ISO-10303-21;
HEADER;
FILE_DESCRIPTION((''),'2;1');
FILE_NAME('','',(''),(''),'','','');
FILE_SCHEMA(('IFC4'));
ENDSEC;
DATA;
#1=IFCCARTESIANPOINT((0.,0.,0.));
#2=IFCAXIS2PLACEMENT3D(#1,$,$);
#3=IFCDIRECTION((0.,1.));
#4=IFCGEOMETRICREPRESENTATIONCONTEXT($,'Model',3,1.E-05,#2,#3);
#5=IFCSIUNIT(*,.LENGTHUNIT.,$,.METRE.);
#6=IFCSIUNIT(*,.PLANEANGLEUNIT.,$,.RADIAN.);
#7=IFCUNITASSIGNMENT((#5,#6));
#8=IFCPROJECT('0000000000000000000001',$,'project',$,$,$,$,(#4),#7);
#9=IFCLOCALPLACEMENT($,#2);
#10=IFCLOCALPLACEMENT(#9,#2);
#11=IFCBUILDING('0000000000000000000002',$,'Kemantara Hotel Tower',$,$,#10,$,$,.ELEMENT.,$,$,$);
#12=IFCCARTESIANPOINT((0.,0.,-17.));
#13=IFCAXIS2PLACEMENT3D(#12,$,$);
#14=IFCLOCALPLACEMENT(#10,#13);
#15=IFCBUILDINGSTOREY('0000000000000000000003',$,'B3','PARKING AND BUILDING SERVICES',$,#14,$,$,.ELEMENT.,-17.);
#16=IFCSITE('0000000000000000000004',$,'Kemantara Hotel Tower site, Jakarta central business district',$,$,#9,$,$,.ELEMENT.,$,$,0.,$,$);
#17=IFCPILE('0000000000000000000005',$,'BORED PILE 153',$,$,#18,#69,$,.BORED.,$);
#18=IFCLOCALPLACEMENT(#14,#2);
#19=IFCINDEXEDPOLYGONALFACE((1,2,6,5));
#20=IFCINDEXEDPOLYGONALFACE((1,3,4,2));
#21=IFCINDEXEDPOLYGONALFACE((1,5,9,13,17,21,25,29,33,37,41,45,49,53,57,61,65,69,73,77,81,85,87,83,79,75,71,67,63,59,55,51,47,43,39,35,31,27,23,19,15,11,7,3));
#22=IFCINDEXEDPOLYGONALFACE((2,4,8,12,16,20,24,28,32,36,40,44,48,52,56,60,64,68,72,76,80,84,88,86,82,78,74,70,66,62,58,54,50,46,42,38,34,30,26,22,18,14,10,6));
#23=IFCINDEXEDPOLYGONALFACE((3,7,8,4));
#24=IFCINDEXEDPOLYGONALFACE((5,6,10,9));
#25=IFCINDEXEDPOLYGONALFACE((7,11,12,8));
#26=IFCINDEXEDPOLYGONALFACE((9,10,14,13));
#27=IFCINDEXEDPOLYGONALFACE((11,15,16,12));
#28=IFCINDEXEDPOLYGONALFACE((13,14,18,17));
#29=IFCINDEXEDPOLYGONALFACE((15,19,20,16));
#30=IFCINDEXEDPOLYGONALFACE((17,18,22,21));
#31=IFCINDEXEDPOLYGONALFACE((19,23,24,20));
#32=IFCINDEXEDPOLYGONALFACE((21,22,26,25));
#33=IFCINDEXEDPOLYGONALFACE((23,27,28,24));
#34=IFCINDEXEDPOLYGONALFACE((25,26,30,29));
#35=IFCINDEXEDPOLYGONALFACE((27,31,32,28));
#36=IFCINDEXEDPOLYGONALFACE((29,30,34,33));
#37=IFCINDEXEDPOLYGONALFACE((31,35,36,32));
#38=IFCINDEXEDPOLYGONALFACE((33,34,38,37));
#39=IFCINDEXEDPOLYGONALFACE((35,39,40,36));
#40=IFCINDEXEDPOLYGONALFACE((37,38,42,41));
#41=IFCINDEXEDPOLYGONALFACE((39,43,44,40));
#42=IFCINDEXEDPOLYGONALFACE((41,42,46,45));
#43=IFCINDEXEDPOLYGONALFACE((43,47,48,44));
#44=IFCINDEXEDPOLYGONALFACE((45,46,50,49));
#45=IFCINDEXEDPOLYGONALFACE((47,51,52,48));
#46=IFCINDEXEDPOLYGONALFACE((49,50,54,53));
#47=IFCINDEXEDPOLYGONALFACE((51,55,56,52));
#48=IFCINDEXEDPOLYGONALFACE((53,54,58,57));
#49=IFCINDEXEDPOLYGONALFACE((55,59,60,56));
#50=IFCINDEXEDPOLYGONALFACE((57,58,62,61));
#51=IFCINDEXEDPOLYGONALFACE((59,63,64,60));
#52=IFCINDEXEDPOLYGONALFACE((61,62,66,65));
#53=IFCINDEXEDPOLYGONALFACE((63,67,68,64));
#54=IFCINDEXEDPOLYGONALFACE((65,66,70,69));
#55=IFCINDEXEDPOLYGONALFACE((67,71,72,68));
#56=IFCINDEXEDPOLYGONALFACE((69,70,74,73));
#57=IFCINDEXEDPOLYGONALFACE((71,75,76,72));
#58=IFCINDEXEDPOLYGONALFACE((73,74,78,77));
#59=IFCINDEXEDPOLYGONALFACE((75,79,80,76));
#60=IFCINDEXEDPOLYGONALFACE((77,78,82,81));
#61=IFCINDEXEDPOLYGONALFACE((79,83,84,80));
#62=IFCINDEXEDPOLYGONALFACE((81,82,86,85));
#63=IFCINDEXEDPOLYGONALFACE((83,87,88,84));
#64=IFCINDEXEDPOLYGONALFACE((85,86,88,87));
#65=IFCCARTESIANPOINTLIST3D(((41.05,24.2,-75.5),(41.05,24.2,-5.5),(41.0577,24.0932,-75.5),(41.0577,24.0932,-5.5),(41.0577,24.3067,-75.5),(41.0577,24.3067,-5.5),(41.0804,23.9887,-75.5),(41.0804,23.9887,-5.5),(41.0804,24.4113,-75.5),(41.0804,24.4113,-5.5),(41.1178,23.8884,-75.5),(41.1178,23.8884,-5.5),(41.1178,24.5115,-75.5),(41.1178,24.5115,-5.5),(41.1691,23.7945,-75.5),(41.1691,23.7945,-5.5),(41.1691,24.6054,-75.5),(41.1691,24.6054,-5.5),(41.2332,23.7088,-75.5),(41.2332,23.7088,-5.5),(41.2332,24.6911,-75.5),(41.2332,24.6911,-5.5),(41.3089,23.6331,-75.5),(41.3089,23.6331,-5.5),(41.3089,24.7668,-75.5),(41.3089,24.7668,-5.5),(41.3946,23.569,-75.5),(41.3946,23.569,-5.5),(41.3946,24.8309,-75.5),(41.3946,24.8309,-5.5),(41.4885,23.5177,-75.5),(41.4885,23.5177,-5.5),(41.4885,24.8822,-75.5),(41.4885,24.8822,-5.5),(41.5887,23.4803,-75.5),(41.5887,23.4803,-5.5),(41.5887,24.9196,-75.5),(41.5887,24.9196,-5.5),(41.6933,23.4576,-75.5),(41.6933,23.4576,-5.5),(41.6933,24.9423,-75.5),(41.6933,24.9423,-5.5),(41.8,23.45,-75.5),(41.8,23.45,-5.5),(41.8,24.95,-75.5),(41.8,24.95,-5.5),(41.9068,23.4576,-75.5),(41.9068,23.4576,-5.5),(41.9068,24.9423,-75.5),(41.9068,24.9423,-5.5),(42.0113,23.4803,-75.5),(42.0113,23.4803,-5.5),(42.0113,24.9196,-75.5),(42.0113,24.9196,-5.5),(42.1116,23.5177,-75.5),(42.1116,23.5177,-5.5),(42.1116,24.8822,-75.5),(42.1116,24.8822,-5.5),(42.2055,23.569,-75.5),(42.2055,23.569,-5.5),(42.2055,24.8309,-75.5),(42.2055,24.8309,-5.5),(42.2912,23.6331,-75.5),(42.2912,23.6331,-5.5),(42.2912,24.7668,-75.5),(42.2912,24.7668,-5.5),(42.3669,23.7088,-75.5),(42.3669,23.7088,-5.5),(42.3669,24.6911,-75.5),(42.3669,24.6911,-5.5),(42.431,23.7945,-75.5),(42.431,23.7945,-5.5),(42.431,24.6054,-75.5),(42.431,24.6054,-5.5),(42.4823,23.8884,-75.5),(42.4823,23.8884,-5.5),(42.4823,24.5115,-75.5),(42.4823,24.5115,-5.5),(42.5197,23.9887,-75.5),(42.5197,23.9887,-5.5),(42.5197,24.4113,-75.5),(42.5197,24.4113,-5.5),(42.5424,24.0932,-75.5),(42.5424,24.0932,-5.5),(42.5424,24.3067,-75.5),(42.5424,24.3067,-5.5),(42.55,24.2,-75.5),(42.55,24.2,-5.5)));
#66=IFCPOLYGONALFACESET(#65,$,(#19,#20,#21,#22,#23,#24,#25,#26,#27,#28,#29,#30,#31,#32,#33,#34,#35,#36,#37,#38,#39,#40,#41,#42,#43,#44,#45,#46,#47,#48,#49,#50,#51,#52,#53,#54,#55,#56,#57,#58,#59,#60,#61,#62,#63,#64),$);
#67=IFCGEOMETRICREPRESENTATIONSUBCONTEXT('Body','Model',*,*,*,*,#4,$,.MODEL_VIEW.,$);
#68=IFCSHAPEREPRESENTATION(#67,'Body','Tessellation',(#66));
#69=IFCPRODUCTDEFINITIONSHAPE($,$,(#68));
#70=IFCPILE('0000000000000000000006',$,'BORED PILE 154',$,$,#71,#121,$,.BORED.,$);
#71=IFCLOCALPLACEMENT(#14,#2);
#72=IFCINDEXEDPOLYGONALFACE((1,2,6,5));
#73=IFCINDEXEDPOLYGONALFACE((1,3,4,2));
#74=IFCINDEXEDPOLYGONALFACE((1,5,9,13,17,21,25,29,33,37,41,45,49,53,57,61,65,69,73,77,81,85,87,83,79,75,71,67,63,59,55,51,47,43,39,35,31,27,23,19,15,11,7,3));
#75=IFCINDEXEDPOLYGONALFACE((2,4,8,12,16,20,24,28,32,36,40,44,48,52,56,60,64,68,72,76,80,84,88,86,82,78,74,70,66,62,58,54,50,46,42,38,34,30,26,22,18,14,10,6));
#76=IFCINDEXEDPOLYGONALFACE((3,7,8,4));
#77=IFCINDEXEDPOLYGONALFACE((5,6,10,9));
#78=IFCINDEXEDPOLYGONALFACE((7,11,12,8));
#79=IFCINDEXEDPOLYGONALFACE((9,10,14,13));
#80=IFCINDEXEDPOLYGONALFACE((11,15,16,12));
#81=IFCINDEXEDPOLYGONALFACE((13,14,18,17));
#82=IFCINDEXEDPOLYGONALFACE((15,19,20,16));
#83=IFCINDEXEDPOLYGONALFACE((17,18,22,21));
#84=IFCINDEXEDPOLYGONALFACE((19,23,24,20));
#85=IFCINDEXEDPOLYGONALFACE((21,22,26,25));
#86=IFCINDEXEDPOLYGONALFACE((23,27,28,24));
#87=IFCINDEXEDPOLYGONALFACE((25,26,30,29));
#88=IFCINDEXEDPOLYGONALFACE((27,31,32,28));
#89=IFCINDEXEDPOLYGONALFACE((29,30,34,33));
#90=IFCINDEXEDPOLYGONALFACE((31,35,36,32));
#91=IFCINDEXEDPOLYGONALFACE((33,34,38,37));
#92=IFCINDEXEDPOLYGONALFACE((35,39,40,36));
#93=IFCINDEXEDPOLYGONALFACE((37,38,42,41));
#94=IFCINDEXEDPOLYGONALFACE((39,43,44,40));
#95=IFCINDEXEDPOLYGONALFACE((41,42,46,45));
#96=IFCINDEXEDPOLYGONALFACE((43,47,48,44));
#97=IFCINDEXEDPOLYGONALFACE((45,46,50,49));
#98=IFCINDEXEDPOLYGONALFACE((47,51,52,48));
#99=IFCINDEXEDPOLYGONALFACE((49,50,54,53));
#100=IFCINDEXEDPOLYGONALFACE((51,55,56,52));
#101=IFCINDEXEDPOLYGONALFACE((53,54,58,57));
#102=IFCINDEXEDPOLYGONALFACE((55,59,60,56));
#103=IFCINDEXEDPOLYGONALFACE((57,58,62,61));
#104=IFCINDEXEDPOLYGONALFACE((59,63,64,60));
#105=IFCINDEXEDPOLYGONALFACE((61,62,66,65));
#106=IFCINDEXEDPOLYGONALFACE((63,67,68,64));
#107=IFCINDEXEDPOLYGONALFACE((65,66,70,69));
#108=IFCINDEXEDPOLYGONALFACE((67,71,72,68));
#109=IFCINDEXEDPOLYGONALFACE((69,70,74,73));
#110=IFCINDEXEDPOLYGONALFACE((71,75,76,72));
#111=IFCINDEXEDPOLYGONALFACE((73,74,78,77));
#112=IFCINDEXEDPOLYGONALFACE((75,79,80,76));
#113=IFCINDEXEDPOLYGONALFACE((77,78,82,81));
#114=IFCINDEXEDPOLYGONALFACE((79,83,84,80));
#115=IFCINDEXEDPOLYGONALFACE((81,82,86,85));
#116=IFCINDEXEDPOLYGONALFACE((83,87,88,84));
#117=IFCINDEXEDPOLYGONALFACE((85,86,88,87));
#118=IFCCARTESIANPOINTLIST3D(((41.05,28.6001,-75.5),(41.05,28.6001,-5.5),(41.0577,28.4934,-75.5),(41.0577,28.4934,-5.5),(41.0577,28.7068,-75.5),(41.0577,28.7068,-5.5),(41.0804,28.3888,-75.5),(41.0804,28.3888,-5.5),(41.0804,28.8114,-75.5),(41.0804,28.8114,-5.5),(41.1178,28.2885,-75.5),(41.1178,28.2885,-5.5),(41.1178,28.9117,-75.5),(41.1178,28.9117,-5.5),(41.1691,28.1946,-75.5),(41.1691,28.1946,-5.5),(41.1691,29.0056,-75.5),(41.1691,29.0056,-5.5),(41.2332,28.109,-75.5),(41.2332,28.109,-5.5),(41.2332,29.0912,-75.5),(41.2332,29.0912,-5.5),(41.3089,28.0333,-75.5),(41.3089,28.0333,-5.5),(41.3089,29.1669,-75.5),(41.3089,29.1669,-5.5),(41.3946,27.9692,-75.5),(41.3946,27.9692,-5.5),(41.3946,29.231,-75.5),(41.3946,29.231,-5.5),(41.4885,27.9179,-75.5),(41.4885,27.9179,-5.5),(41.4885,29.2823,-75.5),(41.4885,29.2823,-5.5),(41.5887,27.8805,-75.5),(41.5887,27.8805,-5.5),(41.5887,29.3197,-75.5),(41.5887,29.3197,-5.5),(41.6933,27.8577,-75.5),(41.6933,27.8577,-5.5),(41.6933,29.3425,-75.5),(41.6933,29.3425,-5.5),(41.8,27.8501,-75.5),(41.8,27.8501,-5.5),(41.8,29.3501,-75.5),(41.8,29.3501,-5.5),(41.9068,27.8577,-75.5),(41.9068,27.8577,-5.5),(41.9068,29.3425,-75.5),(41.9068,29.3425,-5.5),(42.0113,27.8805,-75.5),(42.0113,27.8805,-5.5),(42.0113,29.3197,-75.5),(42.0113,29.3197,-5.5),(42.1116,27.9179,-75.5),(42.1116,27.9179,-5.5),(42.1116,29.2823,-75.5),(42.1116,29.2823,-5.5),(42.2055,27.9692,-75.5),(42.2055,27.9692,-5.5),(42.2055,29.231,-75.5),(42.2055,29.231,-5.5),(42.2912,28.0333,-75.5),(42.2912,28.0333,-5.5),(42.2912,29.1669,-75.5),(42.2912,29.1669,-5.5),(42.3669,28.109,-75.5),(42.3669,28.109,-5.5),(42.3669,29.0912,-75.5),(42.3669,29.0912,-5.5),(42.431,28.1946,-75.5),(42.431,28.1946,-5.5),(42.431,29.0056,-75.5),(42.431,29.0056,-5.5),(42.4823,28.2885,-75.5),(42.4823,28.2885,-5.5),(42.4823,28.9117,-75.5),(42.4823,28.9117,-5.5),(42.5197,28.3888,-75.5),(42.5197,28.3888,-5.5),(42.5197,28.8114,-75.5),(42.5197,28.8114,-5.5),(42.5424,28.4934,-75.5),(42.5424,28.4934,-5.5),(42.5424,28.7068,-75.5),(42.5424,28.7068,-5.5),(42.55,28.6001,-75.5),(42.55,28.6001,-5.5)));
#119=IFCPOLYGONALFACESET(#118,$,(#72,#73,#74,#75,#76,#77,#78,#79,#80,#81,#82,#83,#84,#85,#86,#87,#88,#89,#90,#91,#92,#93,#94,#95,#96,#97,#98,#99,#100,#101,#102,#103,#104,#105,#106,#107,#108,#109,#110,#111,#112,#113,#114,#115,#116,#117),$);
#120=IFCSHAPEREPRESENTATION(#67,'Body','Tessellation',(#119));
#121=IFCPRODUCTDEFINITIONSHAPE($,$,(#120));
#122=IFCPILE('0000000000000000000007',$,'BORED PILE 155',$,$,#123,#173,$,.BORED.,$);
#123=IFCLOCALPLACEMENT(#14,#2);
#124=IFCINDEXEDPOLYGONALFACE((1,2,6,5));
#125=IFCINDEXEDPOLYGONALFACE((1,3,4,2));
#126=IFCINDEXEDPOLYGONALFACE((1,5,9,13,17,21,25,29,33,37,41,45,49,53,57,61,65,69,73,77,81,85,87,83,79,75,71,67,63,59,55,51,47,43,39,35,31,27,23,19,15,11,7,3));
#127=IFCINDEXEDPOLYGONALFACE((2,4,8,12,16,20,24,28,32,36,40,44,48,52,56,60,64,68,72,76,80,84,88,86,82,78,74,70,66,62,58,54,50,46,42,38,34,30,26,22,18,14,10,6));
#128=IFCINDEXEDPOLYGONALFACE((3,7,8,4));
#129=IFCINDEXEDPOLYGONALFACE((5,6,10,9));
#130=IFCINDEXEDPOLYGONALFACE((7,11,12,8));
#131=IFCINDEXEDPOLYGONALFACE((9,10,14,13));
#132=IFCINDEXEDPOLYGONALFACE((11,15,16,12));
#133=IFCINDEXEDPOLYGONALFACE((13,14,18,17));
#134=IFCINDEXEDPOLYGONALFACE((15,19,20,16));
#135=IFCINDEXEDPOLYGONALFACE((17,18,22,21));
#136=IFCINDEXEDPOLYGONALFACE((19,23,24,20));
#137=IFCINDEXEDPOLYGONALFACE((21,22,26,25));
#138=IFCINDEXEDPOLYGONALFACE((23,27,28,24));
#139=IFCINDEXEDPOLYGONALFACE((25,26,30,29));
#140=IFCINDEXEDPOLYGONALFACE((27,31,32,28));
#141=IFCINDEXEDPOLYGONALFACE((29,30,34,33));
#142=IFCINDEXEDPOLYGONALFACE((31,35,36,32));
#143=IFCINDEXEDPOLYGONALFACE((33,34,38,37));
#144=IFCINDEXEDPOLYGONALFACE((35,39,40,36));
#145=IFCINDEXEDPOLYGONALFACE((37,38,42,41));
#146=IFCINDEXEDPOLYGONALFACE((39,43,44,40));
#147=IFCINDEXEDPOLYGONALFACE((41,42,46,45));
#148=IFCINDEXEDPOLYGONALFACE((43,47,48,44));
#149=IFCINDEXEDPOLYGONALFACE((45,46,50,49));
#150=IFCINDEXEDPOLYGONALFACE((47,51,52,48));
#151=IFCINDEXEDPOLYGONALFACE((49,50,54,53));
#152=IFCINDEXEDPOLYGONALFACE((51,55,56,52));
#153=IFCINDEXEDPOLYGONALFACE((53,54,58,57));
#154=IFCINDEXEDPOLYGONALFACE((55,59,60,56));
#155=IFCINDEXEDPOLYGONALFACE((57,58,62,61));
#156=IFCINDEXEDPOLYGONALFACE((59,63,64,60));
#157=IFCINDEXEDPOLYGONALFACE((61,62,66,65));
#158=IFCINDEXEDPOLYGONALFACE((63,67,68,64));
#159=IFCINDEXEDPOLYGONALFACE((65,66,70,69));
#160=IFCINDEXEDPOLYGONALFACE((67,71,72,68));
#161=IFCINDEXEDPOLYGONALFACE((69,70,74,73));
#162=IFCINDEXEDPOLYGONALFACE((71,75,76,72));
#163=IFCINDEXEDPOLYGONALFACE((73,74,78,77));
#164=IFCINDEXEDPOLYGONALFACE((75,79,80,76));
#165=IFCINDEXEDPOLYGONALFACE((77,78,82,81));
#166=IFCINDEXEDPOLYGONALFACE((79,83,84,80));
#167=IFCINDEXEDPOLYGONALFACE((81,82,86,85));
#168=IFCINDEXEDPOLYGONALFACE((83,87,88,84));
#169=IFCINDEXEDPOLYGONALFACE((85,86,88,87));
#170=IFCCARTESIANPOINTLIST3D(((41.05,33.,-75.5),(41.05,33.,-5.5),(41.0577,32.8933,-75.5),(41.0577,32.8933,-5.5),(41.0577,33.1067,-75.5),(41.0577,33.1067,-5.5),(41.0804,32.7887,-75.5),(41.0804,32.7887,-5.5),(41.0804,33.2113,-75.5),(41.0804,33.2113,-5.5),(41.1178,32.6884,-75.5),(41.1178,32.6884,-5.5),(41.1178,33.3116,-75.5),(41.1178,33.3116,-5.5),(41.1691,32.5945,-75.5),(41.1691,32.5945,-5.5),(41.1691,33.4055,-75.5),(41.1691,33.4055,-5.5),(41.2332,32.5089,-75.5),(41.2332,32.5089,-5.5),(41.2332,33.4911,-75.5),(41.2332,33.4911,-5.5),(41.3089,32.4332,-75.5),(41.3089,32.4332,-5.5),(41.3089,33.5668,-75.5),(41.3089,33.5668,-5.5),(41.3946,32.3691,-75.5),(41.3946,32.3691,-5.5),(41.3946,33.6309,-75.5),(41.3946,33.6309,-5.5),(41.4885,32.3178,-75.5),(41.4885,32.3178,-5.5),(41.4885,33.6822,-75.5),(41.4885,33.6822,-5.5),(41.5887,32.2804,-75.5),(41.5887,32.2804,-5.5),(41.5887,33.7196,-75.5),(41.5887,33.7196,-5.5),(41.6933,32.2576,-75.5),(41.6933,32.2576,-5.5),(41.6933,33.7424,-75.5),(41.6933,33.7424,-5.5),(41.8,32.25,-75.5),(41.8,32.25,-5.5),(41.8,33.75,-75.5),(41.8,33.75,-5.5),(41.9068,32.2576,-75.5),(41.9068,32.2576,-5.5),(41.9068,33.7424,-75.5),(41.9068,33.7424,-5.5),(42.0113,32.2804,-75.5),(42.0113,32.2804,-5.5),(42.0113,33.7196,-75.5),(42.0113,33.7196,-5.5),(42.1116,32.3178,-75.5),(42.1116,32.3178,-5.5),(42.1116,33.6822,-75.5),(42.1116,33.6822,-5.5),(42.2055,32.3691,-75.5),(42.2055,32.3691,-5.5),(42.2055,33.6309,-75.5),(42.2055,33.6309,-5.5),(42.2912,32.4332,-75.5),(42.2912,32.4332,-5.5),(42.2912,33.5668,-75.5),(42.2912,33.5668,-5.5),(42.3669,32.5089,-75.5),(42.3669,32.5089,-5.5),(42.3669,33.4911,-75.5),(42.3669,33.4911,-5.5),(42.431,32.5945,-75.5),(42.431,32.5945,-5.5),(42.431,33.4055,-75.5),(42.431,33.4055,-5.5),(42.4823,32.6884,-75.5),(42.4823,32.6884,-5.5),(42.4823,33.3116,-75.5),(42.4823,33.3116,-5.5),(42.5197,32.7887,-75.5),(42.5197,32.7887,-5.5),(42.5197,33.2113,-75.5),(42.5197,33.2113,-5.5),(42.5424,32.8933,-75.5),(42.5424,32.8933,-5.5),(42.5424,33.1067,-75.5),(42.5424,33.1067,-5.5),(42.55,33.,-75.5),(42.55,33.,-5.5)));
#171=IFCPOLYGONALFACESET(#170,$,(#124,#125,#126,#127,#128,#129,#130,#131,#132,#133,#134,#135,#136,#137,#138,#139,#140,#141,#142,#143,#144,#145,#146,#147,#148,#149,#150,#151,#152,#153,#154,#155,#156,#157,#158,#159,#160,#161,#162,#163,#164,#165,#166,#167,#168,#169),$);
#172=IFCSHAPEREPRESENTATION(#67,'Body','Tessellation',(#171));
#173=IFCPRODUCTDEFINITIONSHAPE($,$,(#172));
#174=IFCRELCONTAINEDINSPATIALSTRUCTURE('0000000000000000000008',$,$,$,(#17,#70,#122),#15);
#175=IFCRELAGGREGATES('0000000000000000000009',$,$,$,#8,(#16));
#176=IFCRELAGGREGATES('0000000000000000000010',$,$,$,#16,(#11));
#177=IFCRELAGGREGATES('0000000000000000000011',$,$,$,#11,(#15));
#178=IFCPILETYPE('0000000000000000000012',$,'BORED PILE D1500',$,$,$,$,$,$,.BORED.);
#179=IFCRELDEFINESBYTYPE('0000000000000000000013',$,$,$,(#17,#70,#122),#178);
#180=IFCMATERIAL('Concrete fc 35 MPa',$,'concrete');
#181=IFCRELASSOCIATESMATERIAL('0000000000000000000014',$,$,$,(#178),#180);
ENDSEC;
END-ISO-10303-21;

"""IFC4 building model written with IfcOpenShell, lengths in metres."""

from ifc_helpers import new_model, si_unit, direction, frame, origin, origin_2d, place, context, subcontext, project, spatial, circle, extrude, material, material_profile, profile_set, type_object, element, save


model = new_model("IFC4")

# Units and contexts
model_context = context("Model", 3, precision=1e-05, world=origin(), true_north=direction((0.0, 1.0)))
body_context = subcontext(model_context, "Body", "Model", "MODEL_VIEW")
ifc_project = project(units=[si_unit("LENGTHUNIT", "METRE"), si_unit("PLANEANGLEUNIT", "RADIAN")], contexts=[model_context])

# Site, building, storey
site_placement = place(None, origin())
site = spatial("IfcSite", under=ifc_project, at=site_placement, Name="Kemantara Hotel Tower site, Jakarta central business district", CompositionType="ELEMENT", RefElevation=0.0)
building_placement = place(site_placement, origin())
building = spatial("IfcBuilding", under=site, at=building_placement, Name="Kemantara Hotel Tower", CompositionType="ELEMENT")
storey_placement = place(building_placement, frame((0.0, 0.0, -17.0)))
storey = spatial("IfcBuildingStorey", under=building, at=storey_placement, Name="B3", Description="PARKING AND BUILDING SERVICES", CompositionType="ELEMENT", Elevation=-17.0)

# Piles
ifc_material_1 = material(Name="Concrete fc 35 MPa", Category="concrete")
ifc_material_profile_1 = material_profile(ifc_material_1, circle(Radius=0.75, at=origin_2d()), Name="BORED PILE D1500")
ifc_profile_set_1 = profile_set([ifc_material_profile_1], Name="Concrete fc 35 MPa")
pile_type = type_object("IfcPileType", Name="BORED PILE D1500", PredefinedType="BORED", material=ifc_profile_set_1)
for number, where, z_axis, x_axis, name in (
    (1, (41.8, 24.2, -5.5), (0.0, 0.0, -1.0), (1.0, 0.0, 0.0), "BORED PILE 153"),
    (2, (41.8, 28.6001, -5.5), (0.0, 0.0, -1.0), (1.0, 0.0, 0.0), "BORED PILE 154"),
    (3, (41.8, 33.0, -5.5), (0.0, 0.0, -1.0), (1.0, 0.0, 0.0), "BORED PILE 155"),
):
    element("IfcPile", number, at=place(storey_placement, frame(where, z_axis=z_axis, x_axis=x_axis)), inside=storey, type_object=pile_type, Name=name, PredefinedType="BORED", context=body_context, shape_type="SweptSolid", body=[
        extrude(circle(Radius=0.75, at=origin_2d()), origin(), (0.0, 0.0, 1.0), 70.0),
    ])

save(model, "model.ifc")
